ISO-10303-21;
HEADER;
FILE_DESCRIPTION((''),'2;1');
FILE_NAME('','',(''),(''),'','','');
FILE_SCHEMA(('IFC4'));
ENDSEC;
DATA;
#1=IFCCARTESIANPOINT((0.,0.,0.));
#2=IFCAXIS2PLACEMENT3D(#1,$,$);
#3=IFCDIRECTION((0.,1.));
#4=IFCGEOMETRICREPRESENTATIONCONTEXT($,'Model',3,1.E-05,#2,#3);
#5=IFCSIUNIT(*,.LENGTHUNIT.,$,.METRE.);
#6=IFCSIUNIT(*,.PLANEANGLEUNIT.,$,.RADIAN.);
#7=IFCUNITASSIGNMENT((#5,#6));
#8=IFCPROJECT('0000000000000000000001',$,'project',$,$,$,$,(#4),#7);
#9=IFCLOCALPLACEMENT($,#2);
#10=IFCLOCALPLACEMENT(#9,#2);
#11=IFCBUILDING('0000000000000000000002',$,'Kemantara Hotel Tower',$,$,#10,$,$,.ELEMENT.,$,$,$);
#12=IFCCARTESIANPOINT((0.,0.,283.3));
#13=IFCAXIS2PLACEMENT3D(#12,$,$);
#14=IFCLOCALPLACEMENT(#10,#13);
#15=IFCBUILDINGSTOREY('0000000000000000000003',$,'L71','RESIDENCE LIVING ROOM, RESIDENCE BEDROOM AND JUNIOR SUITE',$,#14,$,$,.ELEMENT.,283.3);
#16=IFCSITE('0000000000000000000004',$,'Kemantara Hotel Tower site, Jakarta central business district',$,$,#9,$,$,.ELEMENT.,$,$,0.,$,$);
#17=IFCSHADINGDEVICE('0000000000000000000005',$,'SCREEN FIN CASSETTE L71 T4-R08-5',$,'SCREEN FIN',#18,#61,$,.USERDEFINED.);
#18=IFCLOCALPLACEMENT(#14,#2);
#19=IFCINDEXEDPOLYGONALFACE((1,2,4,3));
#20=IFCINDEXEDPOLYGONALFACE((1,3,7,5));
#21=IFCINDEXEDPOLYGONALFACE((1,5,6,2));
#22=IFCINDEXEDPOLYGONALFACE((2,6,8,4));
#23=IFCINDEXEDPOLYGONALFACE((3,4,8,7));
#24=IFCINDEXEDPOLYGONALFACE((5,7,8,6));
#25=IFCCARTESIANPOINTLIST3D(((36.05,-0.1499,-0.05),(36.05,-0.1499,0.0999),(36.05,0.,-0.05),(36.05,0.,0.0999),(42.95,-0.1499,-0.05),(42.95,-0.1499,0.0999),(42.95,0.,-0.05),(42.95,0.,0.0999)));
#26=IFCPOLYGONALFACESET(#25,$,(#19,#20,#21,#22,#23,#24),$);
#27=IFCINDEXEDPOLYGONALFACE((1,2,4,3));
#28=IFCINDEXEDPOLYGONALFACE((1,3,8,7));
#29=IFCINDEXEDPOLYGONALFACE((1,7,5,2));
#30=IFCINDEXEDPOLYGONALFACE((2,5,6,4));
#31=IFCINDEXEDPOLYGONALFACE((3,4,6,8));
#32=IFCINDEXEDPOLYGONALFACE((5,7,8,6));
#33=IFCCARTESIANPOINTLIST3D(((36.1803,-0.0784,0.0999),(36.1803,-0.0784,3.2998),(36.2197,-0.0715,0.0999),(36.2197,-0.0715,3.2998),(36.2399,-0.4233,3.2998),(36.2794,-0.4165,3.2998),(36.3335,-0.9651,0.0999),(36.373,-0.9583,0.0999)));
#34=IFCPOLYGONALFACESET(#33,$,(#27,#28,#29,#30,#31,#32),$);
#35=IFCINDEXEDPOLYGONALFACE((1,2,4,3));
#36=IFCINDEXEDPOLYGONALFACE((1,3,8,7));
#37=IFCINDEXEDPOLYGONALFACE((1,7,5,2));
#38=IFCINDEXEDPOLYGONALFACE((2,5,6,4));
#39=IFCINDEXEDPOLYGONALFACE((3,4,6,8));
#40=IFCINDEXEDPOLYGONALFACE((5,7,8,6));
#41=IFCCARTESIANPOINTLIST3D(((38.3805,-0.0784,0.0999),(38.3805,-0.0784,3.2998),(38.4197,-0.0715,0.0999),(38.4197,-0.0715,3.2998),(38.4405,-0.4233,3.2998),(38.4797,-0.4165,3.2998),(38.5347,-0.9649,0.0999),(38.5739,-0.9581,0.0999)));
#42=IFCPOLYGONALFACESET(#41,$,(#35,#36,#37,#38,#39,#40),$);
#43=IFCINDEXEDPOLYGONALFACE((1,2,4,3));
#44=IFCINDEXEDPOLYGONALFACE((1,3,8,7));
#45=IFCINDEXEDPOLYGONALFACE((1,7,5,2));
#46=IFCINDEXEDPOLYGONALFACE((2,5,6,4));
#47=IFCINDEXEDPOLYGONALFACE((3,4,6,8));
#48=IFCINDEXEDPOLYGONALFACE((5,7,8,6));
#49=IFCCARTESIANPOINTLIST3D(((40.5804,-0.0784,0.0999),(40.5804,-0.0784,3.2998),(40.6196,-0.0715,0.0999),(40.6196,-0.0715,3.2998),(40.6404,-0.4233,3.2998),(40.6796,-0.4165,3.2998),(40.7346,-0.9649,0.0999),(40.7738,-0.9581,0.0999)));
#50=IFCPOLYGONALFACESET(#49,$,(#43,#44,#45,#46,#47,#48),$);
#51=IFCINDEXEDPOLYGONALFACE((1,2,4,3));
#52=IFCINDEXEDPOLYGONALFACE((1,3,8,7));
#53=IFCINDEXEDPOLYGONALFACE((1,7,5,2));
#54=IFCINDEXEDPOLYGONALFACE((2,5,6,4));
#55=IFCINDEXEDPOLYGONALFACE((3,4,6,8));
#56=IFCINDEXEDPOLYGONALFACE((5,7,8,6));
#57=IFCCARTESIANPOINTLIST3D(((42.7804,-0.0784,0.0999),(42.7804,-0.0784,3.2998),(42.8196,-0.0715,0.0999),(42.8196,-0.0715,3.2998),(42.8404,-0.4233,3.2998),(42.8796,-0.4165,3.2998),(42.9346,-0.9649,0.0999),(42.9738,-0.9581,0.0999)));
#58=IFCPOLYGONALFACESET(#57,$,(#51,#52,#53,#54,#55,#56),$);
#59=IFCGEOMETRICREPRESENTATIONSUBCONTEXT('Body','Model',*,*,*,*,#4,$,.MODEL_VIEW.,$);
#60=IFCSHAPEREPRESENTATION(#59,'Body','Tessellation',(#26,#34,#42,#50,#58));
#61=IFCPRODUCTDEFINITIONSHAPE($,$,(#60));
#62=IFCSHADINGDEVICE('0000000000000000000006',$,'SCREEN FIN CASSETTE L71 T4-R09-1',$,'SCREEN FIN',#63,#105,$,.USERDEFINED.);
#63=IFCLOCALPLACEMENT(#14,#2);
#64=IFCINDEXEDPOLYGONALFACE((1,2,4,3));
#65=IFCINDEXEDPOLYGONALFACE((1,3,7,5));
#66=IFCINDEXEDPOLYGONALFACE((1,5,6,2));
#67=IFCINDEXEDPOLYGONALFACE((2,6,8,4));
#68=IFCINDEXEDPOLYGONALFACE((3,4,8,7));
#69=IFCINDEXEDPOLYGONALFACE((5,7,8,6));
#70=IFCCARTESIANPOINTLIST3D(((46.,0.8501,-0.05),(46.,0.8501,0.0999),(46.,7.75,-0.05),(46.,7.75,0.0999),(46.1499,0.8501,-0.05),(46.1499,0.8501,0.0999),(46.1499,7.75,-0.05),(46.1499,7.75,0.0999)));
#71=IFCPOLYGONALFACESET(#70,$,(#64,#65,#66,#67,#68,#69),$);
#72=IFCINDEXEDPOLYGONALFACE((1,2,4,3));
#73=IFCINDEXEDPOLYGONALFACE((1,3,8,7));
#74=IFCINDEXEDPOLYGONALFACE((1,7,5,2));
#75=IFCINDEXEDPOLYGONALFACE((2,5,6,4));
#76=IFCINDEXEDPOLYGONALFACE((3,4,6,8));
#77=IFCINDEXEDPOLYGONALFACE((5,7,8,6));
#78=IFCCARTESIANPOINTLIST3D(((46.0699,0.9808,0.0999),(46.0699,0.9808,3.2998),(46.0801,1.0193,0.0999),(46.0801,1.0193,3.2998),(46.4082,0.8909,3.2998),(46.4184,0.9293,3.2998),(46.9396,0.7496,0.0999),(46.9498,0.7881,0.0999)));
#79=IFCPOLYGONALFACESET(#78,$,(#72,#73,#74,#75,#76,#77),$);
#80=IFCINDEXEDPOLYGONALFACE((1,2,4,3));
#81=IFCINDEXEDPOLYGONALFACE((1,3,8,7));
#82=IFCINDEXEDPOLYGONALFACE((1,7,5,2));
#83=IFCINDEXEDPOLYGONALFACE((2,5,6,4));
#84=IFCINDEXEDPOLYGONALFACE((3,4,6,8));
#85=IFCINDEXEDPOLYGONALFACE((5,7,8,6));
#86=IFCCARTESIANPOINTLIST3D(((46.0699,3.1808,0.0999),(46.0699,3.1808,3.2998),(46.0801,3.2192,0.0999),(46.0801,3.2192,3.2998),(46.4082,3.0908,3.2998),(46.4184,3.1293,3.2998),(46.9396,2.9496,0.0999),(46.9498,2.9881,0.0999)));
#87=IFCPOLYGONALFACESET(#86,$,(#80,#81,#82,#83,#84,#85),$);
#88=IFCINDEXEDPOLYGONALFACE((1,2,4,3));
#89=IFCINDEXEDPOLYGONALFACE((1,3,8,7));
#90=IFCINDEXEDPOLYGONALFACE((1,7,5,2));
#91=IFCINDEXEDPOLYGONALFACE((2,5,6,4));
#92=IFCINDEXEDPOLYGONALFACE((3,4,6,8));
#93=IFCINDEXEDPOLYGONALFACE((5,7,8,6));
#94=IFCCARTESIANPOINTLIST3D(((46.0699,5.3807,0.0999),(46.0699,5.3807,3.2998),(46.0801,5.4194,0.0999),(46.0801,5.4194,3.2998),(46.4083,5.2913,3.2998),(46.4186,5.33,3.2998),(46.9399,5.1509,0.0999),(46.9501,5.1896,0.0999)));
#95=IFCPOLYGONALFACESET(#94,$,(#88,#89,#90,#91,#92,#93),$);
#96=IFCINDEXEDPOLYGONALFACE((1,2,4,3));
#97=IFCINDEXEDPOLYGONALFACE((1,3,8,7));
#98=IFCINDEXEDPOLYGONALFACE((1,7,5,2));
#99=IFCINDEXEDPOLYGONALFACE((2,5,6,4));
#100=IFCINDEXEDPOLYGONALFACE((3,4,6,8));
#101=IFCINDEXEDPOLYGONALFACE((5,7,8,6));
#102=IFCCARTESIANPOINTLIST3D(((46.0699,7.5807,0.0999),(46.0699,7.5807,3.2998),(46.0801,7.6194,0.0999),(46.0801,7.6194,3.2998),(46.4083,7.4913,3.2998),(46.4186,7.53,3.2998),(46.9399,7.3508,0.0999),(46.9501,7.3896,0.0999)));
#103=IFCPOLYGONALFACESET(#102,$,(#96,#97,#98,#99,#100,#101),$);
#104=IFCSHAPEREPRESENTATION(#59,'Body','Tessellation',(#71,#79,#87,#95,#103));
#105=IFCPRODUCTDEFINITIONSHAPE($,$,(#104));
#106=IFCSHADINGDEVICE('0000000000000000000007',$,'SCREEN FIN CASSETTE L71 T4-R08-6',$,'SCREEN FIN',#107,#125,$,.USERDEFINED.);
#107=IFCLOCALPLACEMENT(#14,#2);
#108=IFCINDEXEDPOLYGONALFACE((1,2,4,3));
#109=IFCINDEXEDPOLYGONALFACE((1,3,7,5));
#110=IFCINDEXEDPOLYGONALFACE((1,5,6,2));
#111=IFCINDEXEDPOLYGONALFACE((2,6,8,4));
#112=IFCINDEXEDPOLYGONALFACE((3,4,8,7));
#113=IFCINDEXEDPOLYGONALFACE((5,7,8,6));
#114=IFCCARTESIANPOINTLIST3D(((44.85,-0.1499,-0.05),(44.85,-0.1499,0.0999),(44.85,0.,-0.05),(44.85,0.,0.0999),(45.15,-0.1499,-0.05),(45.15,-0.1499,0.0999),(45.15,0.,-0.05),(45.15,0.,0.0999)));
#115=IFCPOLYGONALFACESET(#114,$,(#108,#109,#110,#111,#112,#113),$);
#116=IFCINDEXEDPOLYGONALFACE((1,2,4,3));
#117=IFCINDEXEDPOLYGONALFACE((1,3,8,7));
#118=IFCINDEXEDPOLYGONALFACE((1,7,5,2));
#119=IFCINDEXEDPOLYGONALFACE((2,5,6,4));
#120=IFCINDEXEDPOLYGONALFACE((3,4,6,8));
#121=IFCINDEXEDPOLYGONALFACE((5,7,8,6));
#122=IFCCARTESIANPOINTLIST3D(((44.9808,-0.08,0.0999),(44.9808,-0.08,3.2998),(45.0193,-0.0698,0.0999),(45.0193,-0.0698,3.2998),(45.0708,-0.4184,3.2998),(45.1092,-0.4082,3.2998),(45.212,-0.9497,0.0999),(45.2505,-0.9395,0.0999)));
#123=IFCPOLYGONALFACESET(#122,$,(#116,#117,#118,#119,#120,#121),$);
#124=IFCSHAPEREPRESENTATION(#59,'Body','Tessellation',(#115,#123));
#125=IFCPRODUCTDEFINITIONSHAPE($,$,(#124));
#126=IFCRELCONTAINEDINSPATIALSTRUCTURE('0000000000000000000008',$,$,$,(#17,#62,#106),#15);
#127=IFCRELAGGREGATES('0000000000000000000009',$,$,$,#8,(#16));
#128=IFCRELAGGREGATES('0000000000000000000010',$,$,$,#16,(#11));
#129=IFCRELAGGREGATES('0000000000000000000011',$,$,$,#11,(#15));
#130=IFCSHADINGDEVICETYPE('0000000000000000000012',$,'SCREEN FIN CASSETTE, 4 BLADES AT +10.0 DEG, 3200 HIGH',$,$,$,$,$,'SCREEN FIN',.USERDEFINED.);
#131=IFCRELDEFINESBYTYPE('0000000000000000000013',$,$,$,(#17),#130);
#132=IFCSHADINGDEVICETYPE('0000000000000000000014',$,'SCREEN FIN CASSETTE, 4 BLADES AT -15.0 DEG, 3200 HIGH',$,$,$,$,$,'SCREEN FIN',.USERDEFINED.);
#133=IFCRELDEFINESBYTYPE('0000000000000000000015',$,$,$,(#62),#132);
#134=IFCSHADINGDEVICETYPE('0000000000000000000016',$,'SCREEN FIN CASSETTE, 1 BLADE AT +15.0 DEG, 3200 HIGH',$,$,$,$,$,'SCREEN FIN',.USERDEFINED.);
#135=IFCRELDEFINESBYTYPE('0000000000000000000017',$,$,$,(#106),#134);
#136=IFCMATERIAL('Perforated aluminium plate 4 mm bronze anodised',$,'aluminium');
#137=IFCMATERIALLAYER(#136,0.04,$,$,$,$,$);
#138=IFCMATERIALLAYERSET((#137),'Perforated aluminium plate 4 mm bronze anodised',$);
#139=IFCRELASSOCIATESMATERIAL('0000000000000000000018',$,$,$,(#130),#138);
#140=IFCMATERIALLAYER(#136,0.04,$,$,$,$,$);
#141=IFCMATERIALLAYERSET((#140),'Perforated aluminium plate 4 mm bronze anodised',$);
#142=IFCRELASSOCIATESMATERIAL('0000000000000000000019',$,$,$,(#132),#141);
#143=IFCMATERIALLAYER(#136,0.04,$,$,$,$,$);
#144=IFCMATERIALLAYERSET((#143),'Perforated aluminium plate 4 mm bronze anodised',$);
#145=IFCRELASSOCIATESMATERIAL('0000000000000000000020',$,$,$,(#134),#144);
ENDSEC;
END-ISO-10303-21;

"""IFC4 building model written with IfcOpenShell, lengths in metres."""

from ifc_helpers import new_model, si_unit, direction, frame, origin, origin_2d, place, context, subcontext, project, spatial, polyline, rectangle, outline, extrude, source, transform, mapped, material, layer, layer_set, type_object, element, save


model = new_model("IFC4")

# Units and contexts
model_context = context("Model", 3, precision=1e-05, world=origin(), true_north=direction((0.0, 1.0)))
body_context = subcontext(model_context, "Body", "Model", "MODEL_VIEW")
ifc_project = project(units=[si_unit("LENGTHUNIT", "METRE"), si_unit("PLANEANGLEUNIT", "RADIAN")], contexts=[model_context])

# Site, building, storey
site_placement = place(None, origin())
site = spatial("IfcSite", under=ifc_project, at=site_placement, Name="Kemantara Hotel Tower site, Jakarta central business district", CompositionType="ELEMENT", RefElevation=0.0)
building_placement = place(site_placement, origin())
building = spatial("IfcBuilding", under=site, at=building_placement, Name="Kemantara Hotel Tower", CompositionType="ELEMENT")
storey_placement = place(building_placement, frame((0.0, 0.0, 283.3)))
storey = spatial("IfcBuildingStorey", under=building, at=storey_placement, Name="L71", Description="RESIDENCE LIVING ROOM, RESIDENCE BEDROOM AND JUNIOR SUITE", CompositionType="ELEMENT", Elevation=283.3)

# Shading devices
ifc_material_1 = material(Name="Perforated aluminium plate 4 mm bronze anodised", Category="aluminium")
ifc_layer_1 = layer(ifc_material_1, 0.04)
ifc_layer_set_1 = layer_set([ifc_layer_1], Name="Perforated aluminium plate 4 mm bronze anodised")
shading_device_type_1 = type_object("IfcShadingDeviceType", Name="SCREEN FIN CASSETTE, 4 BLADES AT +10.0 DEG, 3200 HIGH", ElementType="SCREEN FIN", PredefinedType="USERDEFINED", material=ifc_layer_set_1)
shared_shape_1 = source(origin(), body_context, "Body", "SweptSolid", [
    extrude(rectangle(XDim=6.8999, YDim=0.1499, at=origin_2d()), frame((3.3, -0.075, -0.1499), z_axis=(0.0, 0.0, 1.0), x_axis=(1.0, 0.0, 0.0)), (0.0, 0.0, 1.0), 0.1499),
    extrude(outline(polyline([(0.0, 0.0), (0.8999, 0.0), (0.3501, 3.2), (0.0, 3.2), (0.0, 0.0)])), frame((0.0198, -0.0715, 0.0), z_axis=(-0.98539, -0.170314, 0.0), x_axis=(0.170314, -0.98539, 0.0)), (0.0, 0.0, 1.0), 0.04),
    extrude(outline(polyline([(0.0, 0.0), (0.8999, 0.0), (0.3501, 3.2), (0.0, 3.2), (0.0, 0.0)])), frame((2.2197, -0.0715, 0.0), z_axis=(-0.985212, -0.171341, 0.0), x_axis=(0.171341, -0.985212, 0.0)), (0.0, 0.0, 1.0), 0.0398),
    extrude(outline(polyline([(0.0, 0.0), (0.8999, 0.0), (0.3501, 3.2), (0.0, 3.2), (0.0, 0.0)])), frame((4.4197, -0.0715, 0.0), z_axis=(-0.985212, -0.171341, 0.0), x_axis=(0.171341, -0.985212, 0.0)), (0.0, 0.0, 1.0), 0.0398),
    extrude(outline(polyline([(0.0, 0.0), (0.8999, 0.0), (0.3501, 3.2), (0.0, 3.2), (0.0, 0.0)])), frame((6.6196, -0.0715, 0.0), z_axis=(-0.985212, -0.171341, 0.0), x_axis=(0.171341, -0.985212, 0.0)), (0.0, 0.0, 1.0), 0.0398),
])
shading_device_1_placement = place(storey_placement, frame((36.2, 0.0, 0.0999), z_axis=(0.0, 0.0, 1.0), x_axis=(1.0, 0.0, 0.0)))
element("IfcShadingDevice", 1, at=shading_device_1_placement, inside=storey, type_object=shading_device_type_1, Name="SCREEN FIN CASSETTE L71 T4-R08-5", ObjectType="SCREEN FIN", PredefinedType="USERDEFINED", context=body_context, shape_type="MappedRepresentation", body=[
    mapped(shared_shape_1, transform((0.0, 0.0, 0.0))),
])
ifc_layer_2 = layer(ifc_material_1, 0.04)
ifc_layer_set_2 = layer_set([ifc_layer_2], Name="Perforated aluminium plate 4 mm bronze anodised")
shading_device_type_2 = type_object("IfcShadingDeviceType", Name="SCREEN FIN CASSETTE, 4 BLADES AT -15.0 DEG, 3200 HIGH", ElementType="SCREEN FIN", PredefinedType="USERDEFINED", material=ifc_layer_set_2)
shared_shape_2 = source(origin(), body_context, "Body", "SweptSolid", [
    extrude(rectangle(XDim=6.8999, YDim=0.1499, at=origin_2d()), frame((3.3, -0.075, -0.1499), z_axis=(0.0, 0.0, 1.0), x_axis=(1.0, 0.0, 0.0)), (0.0, 0.0, 1.0), 0.1499),
    extrude(outline(polyline([(0.0, 0.0), (0.8999, 0.0), (0.3501, 3.2), (0.0, 3.2), (0.0, 0.0)])), frame((0.0193, -0.0801, 0.0), z_axis=(-0.966438, 0.256901, 0.0), x_axis=(-0.256901, -0.966438, 0.0)), (0.0, 0.0, 1.0), 0.0398),
    extrude(outline(polyline([(0.0, 0.0), (0.8999, 0.0), (0.3501, 3.2), (0.0, 3.2), (0.0, 0.0)])), frame((2.2192, -0.0801, 0.0), z_axis=(-0.966438, 0.256901, 0.0), x_axis=(-0.256901, -0.966438, 0.0)), (0.0, 0.0, 1.0), 0.0398),
    extrude(outline(polyline([(0.0, 0.0), (0.8999, 0.0), (0.3501, 3.2), (0.0, 3.2), (0.0, 0.0)])), frame((4.4194, -0.0801, 0.0), z_axis=(-0.966838, 0.255391, 0.0), x_axis=(-0.255391, -0.966838, 0.0)), (0.0, 0.0, 1.0), 0.04),
    extrude(outline(polyline([(0.0, 0.0), (0.8999, 0.0), (0.3501, 3.2), (0.0, 3.2), (0.0, 0.0)])), frame((6.6194, -0.0801, 0.0), z_axis=(-0.966838, 0.255391, 0.0), x_axis=(-0.255391, -0.966838, 0.0)), (0.0, 0.0, 1.0), 0.04),
])
shading_device_2_placement = place(storey_placement, frame((46.0, 1.0, 0.0999), z_axis=(0.0, 0.0, 1.0), x_axis=(0.0, 1.0, 0.0)))
element("IfcShadingDevice", 2, at=shading_device_2_placement, inside=storey, type_object=shading_device_type_2, Name="SCREEN FIN CASSETTE L71 T4-R09-1", ObjectType="SCREEN FIN", PredefinedType="USERDEFINED", context=body_context, shape_type="MappedRepresentation", body=[
    mapped(shared_shape_2, transform((0.0, 0.0, 0.0))),
])
ifc_layer_3 = layer(ifc_material_1, 0.04)
ifc_layer_set_3 = layer_set([ifc_layer_3], Name="Perforated aluminium plate 4 mm bronze anodised")
shading_device_type_3 = type_object("IfcShadingDeviceType", Name="SCREEN FIN CASSETTE, 1 BLADE AT +15.0 DEG, 3200 HIGH", ElementType="SCREEN FIN", PredefinedType="USERDEFINED", material=ifc_layer_set_3)
shared_shape_3 = source(origin(), body_context, "Body", "SweptSolid", [
    extrude(rectangle(XDim=0.3, YDim=0.1499, at=origin_2d()), frame((0.0, -0.075, -0.1499), z_axis=(0.0, 0.0, 1.0), x_axis=(1.0, 0.0, 0.0)), (0.0, 0.0, 1.0), 0.1499),
    extrude(outline(polyline([(0.0, 0.0), (0.8999, 0.0), (0.3501, 3.2), (0.0, 3.2), (0.0, 0.0)])), frame((0.0193, -0.0698, 0.0), z_axis=(-0.966438, -0.256901, 0.0), x_axis=(0.256901, -0.966438, 0.0)), (0.0, 0.0, 1.0), 0.0398),
])
shading_device_3_placement = place(storey_placement, frame((45.0, 0.0, 0.0999), z_axis=(0.0, 0.0, 1.0), x_axis=(1.0, 0.0, 0.0)))
element("IfcShadingDevice", 3, at=shading_device_3_placement, inside=storey, type_object=shading_device_type_3, Name="SCREEN FIN CASSETTE L71 T4-R08-6", ObjectType="SCREEN FIN", PredefinedType="USERDEFINED", context=body_context, shape_type="MappedRepresentation", body=[
    mapped(shared_shape_3, transform((0.0, 0.0, 0.0))),
])

save(model, "model.ifc")
